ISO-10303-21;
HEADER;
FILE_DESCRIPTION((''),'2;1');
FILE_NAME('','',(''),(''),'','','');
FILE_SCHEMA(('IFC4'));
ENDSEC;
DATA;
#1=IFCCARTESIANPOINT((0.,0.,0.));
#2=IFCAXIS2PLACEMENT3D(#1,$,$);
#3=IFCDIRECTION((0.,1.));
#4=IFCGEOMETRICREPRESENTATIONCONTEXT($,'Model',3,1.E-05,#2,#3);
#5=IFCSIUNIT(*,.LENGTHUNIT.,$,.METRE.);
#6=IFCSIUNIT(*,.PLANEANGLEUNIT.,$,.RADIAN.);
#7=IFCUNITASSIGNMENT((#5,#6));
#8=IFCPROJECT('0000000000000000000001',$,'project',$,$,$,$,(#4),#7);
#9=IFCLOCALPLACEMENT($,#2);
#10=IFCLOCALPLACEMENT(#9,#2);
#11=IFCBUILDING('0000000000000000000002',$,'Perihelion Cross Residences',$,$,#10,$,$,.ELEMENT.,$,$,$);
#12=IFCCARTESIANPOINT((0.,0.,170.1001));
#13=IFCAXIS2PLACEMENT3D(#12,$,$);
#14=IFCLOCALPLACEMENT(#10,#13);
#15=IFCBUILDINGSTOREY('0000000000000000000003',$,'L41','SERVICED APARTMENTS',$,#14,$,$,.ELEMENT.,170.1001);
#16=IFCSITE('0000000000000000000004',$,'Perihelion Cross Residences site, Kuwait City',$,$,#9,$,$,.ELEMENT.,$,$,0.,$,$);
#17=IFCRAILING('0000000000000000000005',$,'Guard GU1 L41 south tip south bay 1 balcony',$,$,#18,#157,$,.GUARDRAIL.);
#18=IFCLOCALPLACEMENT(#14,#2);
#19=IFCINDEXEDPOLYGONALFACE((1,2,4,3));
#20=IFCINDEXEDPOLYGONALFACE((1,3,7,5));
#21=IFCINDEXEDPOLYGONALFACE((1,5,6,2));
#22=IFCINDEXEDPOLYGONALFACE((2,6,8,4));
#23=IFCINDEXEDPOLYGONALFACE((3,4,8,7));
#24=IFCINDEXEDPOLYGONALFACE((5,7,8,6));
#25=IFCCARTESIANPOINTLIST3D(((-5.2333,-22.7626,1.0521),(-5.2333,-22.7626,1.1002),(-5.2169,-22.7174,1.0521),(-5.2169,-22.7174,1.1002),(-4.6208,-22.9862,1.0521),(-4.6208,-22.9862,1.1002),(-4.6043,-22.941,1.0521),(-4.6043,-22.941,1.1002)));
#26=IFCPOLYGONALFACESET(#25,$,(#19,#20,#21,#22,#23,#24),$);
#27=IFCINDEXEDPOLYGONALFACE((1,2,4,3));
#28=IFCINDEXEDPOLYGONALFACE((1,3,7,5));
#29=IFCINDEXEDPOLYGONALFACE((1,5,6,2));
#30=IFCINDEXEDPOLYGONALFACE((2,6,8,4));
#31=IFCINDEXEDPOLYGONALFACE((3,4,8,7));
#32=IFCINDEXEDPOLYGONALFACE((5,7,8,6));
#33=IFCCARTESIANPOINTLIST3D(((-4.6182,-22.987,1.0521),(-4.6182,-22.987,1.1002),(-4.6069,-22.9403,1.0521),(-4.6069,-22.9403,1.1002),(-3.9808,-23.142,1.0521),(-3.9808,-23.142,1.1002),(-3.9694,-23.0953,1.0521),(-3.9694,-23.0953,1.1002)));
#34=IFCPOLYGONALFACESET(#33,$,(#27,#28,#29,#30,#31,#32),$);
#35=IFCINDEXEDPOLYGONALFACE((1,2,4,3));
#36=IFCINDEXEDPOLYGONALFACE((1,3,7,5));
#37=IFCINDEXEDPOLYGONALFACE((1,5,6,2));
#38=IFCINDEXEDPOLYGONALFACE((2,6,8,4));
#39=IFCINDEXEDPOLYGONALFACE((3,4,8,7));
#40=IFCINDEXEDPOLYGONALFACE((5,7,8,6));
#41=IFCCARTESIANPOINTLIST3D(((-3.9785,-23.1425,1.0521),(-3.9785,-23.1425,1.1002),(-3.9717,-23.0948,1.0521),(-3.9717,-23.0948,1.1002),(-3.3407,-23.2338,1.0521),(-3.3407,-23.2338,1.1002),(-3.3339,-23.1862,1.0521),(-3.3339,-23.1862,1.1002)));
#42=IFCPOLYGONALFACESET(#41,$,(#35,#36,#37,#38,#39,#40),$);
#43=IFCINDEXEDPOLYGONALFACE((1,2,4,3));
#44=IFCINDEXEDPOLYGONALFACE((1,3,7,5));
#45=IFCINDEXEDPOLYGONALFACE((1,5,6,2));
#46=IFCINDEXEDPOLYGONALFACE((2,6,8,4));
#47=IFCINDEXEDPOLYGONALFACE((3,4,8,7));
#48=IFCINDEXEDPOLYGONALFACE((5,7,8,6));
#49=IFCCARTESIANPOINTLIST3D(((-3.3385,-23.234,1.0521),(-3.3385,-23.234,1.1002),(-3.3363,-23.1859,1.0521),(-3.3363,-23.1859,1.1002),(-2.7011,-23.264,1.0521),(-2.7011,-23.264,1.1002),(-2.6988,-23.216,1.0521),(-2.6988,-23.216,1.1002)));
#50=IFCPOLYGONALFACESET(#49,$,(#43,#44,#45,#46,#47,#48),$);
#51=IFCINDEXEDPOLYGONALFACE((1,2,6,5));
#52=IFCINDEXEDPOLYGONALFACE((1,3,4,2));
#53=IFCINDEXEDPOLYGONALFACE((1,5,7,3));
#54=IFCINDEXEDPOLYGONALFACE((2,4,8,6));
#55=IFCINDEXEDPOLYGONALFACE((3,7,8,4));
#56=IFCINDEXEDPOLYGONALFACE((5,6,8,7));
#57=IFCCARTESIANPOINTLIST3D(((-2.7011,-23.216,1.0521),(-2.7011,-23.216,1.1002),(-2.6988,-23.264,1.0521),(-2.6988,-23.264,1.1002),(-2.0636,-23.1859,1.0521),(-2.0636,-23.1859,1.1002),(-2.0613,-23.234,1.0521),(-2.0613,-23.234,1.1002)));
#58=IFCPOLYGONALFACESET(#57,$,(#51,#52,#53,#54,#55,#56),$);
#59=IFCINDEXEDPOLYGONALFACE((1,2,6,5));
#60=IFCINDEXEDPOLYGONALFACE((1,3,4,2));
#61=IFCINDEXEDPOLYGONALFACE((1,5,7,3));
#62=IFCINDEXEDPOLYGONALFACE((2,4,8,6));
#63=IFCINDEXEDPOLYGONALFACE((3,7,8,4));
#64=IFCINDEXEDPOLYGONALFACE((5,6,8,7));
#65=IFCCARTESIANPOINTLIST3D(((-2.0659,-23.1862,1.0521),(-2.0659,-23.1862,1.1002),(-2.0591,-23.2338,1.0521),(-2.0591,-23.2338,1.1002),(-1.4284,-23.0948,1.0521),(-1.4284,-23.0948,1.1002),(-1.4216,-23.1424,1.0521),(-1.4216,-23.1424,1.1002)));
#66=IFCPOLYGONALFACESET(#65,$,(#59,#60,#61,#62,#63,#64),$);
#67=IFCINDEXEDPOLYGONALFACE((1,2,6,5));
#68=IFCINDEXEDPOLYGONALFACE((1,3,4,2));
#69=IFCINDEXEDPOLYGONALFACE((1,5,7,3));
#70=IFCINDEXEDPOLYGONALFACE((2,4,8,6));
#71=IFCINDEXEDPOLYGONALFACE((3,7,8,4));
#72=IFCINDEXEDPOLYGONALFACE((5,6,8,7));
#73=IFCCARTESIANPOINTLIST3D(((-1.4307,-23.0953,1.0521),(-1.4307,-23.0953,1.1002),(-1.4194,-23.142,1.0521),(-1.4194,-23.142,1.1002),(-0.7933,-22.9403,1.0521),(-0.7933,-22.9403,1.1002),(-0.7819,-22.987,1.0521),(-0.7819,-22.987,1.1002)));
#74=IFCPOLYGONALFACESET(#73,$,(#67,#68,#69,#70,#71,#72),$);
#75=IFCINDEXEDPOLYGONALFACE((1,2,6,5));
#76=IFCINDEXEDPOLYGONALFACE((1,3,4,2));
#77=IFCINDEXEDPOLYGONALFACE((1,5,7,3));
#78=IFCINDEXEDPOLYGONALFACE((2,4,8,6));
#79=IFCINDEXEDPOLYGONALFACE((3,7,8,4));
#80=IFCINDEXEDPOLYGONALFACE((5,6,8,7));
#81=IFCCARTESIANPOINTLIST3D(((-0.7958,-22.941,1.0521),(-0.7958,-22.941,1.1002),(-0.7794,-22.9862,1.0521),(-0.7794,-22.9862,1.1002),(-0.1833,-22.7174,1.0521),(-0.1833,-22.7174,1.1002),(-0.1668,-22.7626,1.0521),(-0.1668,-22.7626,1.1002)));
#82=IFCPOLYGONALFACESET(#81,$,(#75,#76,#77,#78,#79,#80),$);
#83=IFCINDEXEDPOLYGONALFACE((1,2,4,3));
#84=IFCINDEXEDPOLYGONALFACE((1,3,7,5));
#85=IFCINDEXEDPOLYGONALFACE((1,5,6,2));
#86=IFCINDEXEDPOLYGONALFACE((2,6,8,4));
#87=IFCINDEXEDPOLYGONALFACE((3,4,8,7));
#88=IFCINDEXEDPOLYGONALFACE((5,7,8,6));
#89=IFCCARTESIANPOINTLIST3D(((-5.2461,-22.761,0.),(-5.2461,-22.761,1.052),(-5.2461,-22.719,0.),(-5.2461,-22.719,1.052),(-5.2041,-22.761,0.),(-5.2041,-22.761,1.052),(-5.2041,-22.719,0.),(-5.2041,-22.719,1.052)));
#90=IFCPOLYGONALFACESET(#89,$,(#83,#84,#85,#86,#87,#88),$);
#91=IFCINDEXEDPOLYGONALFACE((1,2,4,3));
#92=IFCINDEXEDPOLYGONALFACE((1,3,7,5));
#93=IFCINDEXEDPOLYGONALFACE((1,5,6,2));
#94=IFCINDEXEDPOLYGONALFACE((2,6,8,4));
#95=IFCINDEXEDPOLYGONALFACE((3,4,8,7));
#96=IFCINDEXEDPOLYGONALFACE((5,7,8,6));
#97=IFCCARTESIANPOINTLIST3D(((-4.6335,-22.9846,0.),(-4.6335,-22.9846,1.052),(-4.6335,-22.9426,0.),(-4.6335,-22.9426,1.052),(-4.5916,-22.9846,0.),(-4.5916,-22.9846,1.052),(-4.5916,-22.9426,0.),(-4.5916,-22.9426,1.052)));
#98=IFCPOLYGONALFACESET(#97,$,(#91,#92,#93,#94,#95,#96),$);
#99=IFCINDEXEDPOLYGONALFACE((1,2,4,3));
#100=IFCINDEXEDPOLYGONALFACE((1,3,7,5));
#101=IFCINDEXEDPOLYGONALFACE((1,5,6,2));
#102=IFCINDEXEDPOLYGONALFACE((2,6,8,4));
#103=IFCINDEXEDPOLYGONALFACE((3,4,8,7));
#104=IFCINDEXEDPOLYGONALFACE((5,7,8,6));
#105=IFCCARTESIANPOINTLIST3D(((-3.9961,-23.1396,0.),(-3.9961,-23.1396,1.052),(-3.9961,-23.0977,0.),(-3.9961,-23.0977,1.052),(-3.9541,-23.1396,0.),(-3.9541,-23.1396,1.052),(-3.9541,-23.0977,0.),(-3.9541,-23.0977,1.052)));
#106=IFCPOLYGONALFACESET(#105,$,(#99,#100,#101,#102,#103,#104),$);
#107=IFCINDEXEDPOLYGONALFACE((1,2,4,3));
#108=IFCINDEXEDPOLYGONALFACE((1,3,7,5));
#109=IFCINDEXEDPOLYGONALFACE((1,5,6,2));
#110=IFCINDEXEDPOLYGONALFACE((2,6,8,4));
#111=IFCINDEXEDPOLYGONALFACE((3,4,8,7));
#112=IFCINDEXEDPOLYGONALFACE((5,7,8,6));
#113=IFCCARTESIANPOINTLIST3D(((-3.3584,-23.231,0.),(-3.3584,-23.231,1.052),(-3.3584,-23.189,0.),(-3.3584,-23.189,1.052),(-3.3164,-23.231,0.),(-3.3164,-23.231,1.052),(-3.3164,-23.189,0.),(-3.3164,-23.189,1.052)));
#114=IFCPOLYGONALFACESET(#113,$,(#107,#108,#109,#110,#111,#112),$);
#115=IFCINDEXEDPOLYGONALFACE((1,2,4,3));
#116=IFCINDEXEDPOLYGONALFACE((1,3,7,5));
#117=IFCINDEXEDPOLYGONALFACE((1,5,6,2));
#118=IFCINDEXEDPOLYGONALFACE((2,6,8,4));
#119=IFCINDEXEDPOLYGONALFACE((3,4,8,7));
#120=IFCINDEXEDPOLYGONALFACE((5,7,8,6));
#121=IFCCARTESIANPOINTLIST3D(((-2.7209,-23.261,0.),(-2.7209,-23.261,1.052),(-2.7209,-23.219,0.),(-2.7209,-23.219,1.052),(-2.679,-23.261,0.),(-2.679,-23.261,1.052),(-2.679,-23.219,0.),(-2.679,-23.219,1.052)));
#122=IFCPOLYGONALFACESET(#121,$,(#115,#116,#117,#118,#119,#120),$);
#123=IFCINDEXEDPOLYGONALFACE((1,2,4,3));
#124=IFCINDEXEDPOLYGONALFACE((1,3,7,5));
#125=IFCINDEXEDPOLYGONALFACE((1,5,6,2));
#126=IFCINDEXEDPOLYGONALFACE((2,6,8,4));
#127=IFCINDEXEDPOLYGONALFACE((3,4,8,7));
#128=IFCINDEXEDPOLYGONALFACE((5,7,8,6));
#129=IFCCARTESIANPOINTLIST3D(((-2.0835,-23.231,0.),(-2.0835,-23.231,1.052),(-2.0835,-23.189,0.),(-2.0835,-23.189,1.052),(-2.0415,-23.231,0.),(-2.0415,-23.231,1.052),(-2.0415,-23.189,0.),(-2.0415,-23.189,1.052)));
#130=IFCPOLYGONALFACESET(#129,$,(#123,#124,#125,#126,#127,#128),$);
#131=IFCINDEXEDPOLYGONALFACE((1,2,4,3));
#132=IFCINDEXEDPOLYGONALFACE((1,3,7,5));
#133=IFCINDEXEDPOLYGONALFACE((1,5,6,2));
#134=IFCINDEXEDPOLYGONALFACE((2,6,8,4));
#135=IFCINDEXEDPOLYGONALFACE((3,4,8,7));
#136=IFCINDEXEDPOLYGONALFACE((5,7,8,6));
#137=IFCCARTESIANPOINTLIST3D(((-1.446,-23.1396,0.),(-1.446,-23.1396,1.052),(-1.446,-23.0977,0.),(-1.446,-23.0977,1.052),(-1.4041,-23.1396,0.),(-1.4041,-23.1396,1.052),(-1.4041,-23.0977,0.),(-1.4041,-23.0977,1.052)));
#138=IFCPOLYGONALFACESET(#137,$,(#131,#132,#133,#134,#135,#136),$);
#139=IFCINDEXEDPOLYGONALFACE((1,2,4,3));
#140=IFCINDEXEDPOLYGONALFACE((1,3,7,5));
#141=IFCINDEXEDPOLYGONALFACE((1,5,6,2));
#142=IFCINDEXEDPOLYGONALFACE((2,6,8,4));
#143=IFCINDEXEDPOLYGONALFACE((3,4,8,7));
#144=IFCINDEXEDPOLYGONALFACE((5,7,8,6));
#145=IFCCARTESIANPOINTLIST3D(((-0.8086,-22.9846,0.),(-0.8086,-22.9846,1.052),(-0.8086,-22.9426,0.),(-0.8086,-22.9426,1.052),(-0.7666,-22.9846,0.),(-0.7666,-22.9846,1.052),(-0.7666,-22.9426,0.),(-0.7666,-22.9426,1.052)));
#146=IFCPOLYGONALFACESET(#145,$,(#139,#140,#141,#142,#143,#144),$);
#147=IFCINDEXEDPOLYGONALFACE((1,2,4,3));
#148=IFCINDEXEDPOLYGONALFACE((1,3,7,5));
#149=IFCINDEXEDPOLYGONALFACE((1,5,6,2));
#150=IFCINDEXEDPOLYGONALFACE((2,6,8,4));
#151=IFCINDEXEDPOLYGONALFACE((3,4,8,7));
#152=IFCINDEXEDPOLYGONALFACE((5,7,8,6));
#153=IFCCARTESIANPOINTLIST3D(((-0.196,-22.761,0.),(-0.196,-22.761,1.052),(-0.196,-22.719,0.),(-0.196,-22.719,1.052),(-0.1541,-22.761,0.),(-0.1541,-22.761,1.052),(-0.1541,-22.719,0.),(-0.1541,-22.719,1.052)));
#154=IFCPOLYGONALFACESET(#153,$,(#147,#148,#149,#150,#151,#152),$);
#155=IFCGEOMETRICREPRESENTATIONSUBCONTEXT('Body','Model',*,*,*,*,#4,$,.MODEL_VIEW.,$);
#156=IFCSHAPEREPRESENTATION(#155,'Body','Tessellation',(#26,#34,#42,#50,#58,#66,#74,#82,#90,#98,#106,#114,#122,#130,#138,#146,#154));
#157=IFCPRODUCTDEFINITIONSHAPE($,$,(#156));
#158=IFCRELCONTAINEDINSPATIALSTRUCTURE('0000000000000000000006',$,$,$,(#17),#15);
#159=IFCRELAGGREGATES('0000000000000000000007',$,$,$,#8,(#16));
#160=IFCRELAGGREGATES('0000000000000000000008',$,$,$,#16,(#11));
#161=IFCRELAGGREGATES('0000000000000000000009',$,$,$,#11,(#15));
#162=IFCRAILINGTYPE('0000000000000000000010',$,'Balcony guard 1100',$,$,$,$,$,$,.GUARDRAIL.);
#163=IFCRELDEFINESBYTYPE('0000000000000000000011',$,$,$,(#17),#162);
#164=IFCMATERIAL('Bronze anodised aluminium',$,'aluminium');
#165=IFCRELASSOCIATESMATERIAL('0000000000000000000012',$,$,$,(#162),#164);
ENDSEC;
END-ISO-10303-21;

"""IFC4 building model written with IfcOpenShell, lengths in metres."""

from ifc_helpers import new_model, si_unit, direction, frame, origin, origin_2d, place, context, subcontext, project, spatial, rectangle, extrude, material, type_object, element, save


model = new_model("IFC4")

# Units and contexts
model_context = context("Model", 3, precision=1e-05, world=origin(), true_north=direction((0.0, 1.0)))
body_context = subcontext(model_context, "Body", "Model", "MODEL_VIEW")
ifc_project = project(units=[si_unit("LENGTHUNIT", "METRE"), si_unit("PLANEANGLEUNIT", "RADIAN")], contexts=[model_context])

# Site, building, storey
site_placement = place(None, origin())
site = spatial("IfcSite", under=ifc_project, at=site_placement, Name="Perihelion Cross Residences site, Kuwait City", CompositionType="ELEMENT", RefElevation=0.0)
building_placement = place(site_placement, origin())
building = spatial("IfcBuilding", under=site, at=building_placement, Name="Perihelion Cross Residences", CompositionType="ELEMENT")
storey_placement = place(building_placement, frame((0.0, 0.0, 170.1001)))
storey = spatial("IfcBuildingStorey", under=building, at=storey_placement, Name="L41", Description="SERVICED APARTMENTS", CompositionType="ELEMENT", Elevation=170.1001)

# Railing
ifc_material_1 = material(Name="Bronze anodised aluminium", Category="aluminium")
railing_type = type_object("IfcRailingType", Name="Balcony guard 1100", PredefinedType="GUARDRAIL", material=ifc_material_1)
railing_placement = place(storey_placement, frame((-5.2251, -22.74, 0.0)))
element("IfcRailing", 1, at=railing_placement, inside=storey, type_object=railing_type, Name="Guard GU1 L41 south tip south bay 1 balcony", PredefinedType="GUARDRAIL", context=body_context, shape_type="SweptSolid", body=[
    extrude(rectangle(XDim=0.0481, YDim=0.0481, at=origin_2d()), frame((0.0, 0.0, 1.0762), z_axis=(0.939355, -0.342945, 0.0), x_axis=(0.342945, 0.939355, 0.0)), (0.0, 0.0, 1.0), 0.6521),
    extrude(rectangle(XDim=0.0481, YDim=0.0481, at=origin_2d()), frame((0.6125, -0.2236, 1.0762), z_axis=(0.971677, -0.236314, 0.0), x_axis=(0.236314, 0.971677, 0.0)), (0.0, 0.0, 1.0), 0.656),
    extrude(rectangle(XDim=0.0481, YDim=0.0481, at=origin_2d()), frame((1.25, -0.3787, 1.0762), z_axis=(0.989904, -0.14174, 0.0), x_axis=(0.14174, 0.989904, 0.0)), (0.0, 0.0, 1.0), 0.6443),
    extrude(rectangle(XDim=0.0481, YDim=0.0481, at=origin_2d()), frame((1.8877, -0.47, 1.0762), z_axis=(0.998892, -0.047056, 0.0), x_axis=(0.047056, 0.998892, 0.0)), (0.0, 0.0, 1.0), 0.6382),
    extrude(rectangle(XDim=0.0481, YDim=0.0481, at=origin_2d()), frame((2.5251, -0.5, 1.0762), z_axis=(0.998892, 0.047056, 0.0), x_axis=(-0.047056, 0.998892, 0.0)), (0.0, 0.0, 1.0), 0.6382),
    extrude(rectangle(XDim=0.0481, YDim=0.0481, at=origin_2d()), frame((3.1626, -0.47, 1.0762), z_axis=(0.989896, 0.141793, 0.0), x_axis=(-0.141793, 0.989896, 0.0)), (0.0, 0.0, 1.0), 0.644),
    extrude(rectangle(XDim=0.0481, YDim=0.0481, at=origin_2d()), frame((3.8, -0.3787, 1.0762), z_axis=(0.971677, 0.236314, 0.0), x_axis=(-0.236314, 0.971677, 0.0)), (0.0, 0.0, 1.0), 0.656),
    extrude(rectangle(XDim=0.0481, YDim=0.0481, at=origin_2d()), frame((4.4375, -0.2236, 1.0762), z_axis=(0.939355, 0.342945, 0.0), x_axis=(-0.342945, 0.939355, 0.0)), (0.0, 0.0, 1.0), 0.6521),
    extrude(rectangle(XDim=0.042, YDim=0.042, at=origin_2d()), origin(), (0.0, 0.0, 1.0), 1.052),
    extrude(rectangle(XDim=0.042, YDim=0.042, at=origin_2d()), frame((0.6125, -0.2236, 0.0)), (0.0, 0.0, 1.0), 1.052),
    extrude(rectangle(XDim=0.042, YDim=0.042, at=origin_2d()), frame((1.25, -0.3787, 0.0)), (0.0, 0.0, 1.0), 1.052),
    extrude(rectangle(XDim=0.042, YDim=0.042, at=origin_2d()), frame((1.8877, -0.47, 0.0)), (0.0, 0.0, 1.0), 1.052),
    extrude(rectangle(XDim=0.042, YDim=0.042, at=origin_2d()), frame((2.5251, -0.5, 0.0)), (0.0, 0.0, 1.0), 1.052),
    extrude(rectangle(XDim=0.042, YDim=0.042, at=origin_2d()), frame((3.1626, -0.47, 0.0)), (0.0, 0.0, 1.0), 1.052),
    extrude(rectangle(XDim=0.042, YDim=0.042, at=origin_2d()), frame((3.8, -0.3787, 0.0)), (0.0, 0.0, 1.0), 1.052),
    extrude(rectangle(XDim=0.042, YDim=0.042, at=origin_2d()), frame((4.4375, -0.2236, 0.0)), (0.0, 0.0, 1.0), 1.052),
    extrude(rectangle(XDim=0.042, YDim=0.042, at=origin_2d()), frame((5.05, 0.0, 0.0)), (0.0, 0.0, 1.0), 1.052),
])

save(model, "model.ifc")
